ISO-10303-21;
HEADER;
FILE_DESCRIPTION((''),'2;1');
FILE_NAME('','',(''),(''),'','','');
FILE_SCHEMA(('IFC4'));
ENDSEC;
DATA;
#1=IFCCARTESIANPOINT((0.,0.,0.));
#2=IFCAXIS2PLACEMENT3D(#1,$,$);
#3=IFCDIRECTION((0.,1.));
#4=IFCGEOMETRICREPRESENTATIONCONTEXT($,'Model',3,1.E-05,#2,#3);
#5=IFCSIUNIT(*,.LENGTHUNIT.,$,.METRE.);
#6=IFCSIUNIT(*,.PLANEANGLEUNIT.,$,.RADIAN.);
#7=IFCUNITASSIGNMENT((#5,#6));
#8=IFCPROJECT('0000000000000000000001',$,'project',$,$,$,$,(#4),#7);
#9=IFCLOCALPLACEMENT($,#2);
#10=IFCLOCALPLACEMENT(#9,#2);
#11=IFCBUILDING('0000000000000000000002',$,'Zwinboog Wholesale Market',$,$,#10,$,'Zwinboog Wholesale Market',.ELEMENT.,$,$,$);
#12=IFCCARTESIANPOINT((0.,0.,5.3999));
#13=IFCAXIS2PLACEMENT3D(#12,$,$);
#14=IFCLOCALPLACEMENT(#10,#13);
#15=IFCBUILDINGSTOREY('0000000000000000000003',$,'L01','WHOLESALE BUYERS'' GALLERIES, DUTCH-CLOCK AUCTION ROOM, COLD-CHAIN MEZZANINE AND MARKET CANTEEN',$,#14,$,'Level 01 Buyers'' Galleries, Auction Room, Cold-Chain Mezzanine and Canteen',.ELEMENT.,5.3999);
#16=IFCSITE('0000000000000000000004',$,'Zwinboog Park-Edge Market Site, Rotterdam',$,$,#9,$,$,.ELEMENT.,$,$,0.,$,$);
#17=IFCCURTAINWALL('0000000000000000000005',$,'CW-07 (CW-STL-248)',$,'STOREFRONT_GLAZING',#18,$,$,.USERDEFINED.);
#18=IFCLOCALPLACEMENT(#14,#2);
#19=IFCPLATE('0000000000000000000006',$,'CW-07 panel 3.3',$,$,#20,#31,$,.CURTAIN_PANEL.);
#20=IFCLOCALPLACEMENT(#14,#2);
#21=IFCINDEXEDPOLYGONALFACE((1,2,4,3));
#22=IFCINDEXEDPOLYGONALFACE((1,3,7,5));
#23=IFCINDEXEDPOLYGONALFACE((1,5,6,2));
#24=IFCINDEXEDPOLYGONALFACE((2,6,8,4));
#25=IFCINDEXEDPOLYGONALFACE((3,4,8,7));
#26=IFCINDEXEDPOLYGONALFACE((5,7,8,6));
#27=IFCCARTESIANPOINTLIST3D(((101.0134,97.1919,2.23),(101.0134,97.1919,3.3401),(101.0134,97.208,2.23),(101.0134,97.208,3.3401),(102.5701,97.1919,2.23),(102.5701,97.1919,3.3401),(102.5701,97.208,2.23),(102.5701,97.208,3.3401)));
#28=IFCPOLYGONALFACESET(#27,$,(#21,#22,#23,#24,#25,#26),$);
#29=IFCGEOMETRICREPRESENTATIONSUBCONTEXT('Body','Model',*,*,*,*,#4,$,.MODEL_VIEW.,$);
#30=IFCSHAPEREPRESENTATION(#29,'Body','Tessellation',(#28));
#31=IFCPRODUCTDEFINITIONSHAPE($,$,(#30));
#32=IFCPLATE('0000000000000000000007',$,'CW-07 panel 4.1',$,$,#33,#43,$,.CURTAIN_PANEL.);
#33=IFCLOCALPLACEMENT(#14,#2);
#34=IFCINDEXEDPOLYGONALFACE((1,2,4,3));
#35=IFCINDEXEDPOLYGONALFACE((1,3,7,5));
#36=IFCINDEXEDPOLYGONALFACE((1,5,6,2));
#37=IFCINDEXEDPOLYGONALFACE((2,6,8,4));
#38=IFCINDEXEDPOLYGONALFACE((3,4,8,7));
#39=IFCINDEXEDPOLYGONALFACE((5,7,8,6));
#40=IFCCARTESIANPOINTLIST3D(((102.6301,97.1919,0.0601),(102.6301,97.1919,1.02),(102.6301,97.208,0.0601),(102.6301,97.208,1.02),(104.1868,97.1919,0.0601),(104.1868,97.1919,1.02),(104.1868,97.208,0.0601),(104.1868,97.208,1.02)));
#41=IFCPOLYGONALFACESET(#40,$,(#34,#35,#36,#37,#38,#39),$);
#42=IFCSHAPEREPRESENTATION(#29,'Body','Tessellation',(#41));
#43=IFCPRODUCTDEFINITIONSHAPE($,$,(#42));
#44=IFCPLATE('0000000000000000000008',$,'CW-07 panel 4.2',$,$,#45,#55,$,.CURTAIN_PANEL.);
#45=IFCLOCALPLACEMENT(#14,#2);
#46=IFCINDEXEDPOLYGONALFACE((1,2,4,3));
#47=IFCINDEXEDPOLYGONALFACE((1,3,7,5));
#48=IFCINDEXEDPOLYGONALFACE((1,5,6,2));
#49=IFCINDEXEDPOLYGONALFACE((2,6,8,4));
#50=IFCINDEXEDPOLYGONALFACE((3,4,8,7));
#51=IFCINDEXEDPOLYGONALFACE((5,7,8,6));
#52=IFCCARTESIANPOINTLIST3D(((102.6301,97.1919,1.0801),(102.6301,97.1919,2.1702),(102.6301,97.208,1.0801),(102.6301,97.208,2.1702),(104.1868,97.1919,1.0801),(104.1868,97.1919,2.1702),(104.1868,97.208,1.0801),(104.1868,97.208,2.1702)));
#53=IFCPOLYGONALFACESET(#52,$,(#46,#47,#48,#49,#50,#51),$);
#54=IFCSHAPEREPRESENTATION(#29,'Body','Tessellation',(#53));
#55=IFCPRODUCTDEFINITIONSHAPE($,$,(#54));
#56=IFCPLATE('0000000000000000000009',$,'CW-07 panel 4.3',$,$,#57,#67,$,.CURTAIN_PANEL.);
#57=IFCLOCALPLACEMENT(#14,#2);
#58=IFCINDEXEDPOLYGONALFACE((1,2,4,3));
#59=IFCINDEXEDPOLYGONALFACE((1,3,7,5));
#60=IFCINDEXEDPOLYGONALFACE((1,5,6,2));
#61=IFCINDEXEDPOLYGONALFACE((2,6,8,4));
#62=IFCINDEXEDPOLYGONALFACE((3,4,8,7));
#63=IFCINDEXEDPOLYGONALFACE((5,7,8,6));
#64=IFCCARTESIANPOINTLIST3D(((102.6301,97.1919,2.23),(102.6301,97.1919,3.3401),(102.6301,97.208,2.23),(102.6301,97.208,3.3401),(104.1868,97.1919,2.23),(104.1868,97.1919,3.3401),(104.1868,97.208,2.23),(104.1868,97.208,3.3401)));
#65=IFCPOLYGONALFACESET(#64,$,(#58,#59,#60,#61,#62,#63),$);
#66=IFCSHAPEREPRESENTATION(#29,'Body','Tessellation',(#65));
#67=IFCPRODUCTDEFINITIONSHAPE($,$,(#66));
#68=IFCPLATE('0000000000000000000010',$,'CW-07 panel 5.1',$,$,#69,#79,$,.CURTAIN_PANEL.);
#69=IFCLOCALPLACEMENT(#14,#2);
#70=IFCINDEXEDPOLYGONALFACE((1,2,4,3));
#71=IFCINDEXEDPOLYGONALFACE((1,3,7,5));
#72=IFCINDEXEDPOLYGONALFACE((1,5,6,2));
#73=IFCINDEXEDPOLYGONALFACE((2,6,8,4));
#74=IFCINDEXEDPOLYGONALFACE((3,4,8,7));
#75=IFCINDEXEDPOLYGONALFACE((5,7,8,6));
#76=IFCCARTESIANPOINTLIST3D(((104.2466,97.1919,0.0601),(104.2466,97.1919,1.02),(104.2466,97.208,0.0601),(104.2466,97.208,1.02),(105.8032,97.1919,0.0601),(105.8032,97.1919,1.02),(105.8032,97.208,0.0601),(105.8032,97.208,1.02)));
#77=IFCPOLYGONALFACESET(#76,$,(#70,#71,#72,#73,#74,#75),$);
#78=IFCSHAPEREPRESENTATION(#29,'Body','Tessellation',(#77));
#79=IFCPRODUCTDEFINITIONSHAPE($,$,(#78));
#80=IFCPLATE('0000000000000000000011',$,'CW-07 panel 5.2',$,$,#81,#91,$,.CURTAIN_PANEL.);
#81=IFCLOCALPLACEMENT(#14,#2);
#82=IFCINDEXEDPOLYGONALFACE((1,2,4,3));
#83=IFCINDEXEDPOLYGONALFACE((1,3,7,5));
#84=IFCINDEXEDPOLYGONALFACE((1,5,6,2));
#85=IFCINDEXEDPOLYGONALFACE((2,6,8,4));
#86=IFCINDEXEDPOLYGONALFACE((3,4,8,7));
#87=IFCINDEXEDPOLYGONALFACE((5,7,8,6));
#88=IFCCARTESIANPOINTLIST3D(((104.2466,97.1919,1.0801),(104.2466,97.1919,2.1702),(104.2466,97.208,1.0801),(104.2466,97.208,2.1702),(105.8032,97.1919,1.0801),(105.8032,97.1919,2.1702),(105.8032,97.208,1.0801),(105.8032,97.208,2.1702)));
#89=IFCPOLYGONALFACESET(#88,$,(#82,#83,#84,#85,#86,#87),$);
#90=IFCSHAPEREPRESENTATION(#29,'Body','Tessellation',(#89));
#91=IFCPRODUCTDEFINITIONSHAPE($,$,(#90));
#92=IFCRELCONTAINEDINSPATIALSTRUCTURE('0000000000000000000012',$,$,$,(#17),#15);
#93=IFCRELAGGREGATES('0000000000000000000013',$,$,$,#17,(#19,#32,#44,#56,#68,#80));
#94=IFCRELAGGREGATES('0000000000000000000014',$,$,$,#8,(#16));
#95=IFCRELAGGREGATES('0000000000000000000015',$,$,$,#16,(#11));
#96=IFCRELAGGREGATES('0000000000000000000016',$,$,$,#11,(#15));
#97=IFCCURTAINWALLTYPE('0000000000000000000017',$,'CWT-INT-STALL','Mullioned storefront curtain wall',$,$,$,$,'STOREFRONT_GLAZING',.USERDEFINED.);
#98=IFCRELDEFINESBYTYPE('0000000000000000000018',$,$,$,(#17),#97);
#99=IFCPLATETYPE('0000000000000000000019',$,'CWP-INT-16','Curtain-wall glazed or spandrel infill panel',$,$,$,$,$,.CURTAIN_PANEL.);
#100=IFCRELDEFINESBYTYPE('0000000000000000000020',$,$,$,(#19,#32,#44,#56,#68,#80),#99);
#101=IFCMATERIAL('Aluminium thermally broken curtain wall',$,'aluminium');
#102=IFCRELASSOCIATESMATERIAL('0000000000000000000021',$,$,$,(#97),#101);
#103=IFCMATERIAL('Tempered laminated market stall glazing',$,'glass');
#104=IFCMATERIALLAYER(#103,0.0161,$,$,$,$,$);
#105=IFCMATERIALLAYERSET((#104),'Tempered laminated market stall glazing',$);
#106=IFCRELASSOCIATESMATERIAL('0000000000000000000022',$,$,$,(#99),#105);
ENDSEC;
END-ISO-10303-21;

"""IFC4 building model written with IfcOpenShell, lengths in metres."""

from ifc_helpers import new_model, si_unit, direction, frame, origin, origin_2d, place, context, subcontext, project, spatial, rectangle, extrude, material, layer, layer_set, type_object, element, aggregate, save


model = new_model("IFC4")

# Units and contexts
model_context = context("Model", 3, precision=1e-05, world=origin(), true_north=direction((0.0, 1.0)))
body_context = subcontext(model_context, "Body", "Model", "MODEL_VIEW")
ifc_project = project(units=[si_unit("LENGTHUNIT", "METRE"), si_unit("PLANEANGLEUNIT", "RADIAN")], contexts=[model_context])

# Site, building, storey
site_placement = place(None, origin())
site = spatial("IfcSite", under=ifc_project, at=site_placement, Name="Zwinboog Park-Edge Market Site, Rotterdam", CompositionType="ELEMENT", RefElevation=0.0)
building_placement = place(site_placement, origin())
building = spatial("IfcBuilding", under=site, at=building_placement, Name="Zwinboog Wholesale Market", LongName="Zwinboog Wholesale Market", CompositionType="ELEMENT")
storey_placement = place(building_placement, frame((0.0, 0.0, 5.3999)))
storey = spatial("IfcBuildingStorey", under=building, at=storey_placement, Name="L01", Description="WHOLESALE BUYERS' GALLERIES, DUTCH-CLOCK AUCTION ROOM, COLD-CHAIN MEZZANINE AND MARKET CANTEEN", LongName="Level 01 Buyers' Galleries, Auction Room, Cold-Chain Mezzanine and Canteen", CompositionType="ELEMENT", Elevation=5.3999)

# Curtain wall, plates
ifc_material_1 = material(Name="Aluminium thermally broken curtain wall", Category="aluminium")
curtain_wall_type = type_object("IfcCurtainWallType", Name="CWT-INT-STALL", Description="Mullioned storefront curtain wall", ElementType="STOREFRONT_GLAZING", PredefinedType="USERDEFINED", material=ifc_material_1)
curtain_wall_placement = place(storey_placement, origin())
curtain_wall = element("IfcCurtainWall", 1, at=curtain_wall_placement, inside=storey, type_object=curtain_wall_type, Name="CW-07 (CW-STL-248)", ObjectType="STOREFRONT_GLAZING", PredefinedType="USERDEFINED")
ifc_material_2 = material(Name="Tempered laminated market stall glazing", Category="glass")
ifc_layer = layer(ifc_material_2, 0.0161)
ifc_layer_set = layer_set([ifc_layer], Name="Tempered laminated market stall glazing")
plate_type = type_object("IfcPlateType", Name="CWP-INT-16", Description="Curtain-wall glazed or spandrel infill panel", PredefinedType="CURTAIN_PANEL", material=ifc_layer_set)
plate_1_placement = place(storey_placement, frame((101.7917, 97.2, 2.23), z_axis=(0.0, 0.0, 1.0), x_axis=(1.0, 0.0, 0.0)))
plate_1 = element("IfcPlate", 2, at=plate_1_placement, type_object=plate_type, Name="CW-07 panel 3.3", PredefinedType="CURTAIN_PANEL", context=body_context, shape_type="SweptSolid", body=[
    extrude(rectangle(XDim=1.5566, YDim=0.0161, at=origin_2d()), origin(), (0.0, 0.0, 1.0), 1.1101),
])
plate_2_placement = place(storey_placement, frame((103.4084, 97.2, 0.0601), z_axis=(0.0, 0.0, 1.0), x_axis=(1.0, 0.0, 0.0)))
plate_2 = element("IfcPlate", 3, at=plate_2_placement, type_object=plate_type, Name="CW-07 panel 4.1", PredefinedType="CURTAIN_PANEL", context=body_context, shape_type="SweptSolid", body=[
    extrude(rectangle(XDim=1.5566, YDim=0.0161, at=origin_2d()), origin(), (0.0, 0.0, 1.0), 0.96),
])
plate_3_placement = place(storey_placement, frame((103.4084, 97.2, 1.0801), z_axis=(0.0, 0.0, 1.0), x_axis=(1.0, 0.0, 0.0)))
plate_3 = element("IfcPlate", 4, at=plate_3_placement, type_object=plate_type, Name="CW-07 panel 4.2", PredefinedType="CURTAIN_PANEL", context=body_context, shape_type="SweptSolid", body=[
    extrude(rectangle(XDim=1.5566, YDim=0.0161, at=origin_2d()), origin(), (0.0, 0.0, 1.0), 1.0901),
])
plate_4_placement = place(storey_placement, frame((103.4084, 97.2, 2.23), z_axis=(0.0, 0.0, 1.0), x_axis=(1.0, 0.0, 0.0)))
plate_4 = element("IfcPlate", 5, at=plate_4_placement, type_object=plate_type, Name="CW-07 panel 4.3", PredefinedType="CURTAIN_PANEL", context=body_context, shape_type="SweptSolid", body=[
    extrude(rectangle(XDim=1.5566, YDim=0.0161, at=origin_2d()), origin(), (0.0, 0.0, 1.0), 1.1101),
])
plate_5_placement = place(storey_placement, frame((105.0249, 97.2, 0.0601), z_axis=(0.0, 0.0, 1.0), x_axis=(1.0, 0.0, 0.0)))
plate_5 = element("IfcPlate", 6, at=plate_5_placement, type_object=plate_type, Name="CW-07 panel 5.1", PredefinedType="CURTAIN_PANEL", context=body_context, shape_type="SweptSolid", body=[
    extrude(rectangle(XDim=1.5566, YDim=0.0161, at=origin_2d()), origin(), (0.0, 0.0, 1.0), 0.96),
])
plate_6_placement = place(storey_placement, frame((105.0249, 97.2, 1.0801), z_axis=(0.0, 0.0, 1.0), x_axis=(1.0, 0.0, 0.0)))
plate_6 = element("IfcPlate", 7, at=plate_6_placement, type_object=plate_type, Name="CW-07 panel 5.2", PredefinedType="CURTAIN_PANEL", context=body_context, shape_type="SweptSolid", body=[
    extrude(rectangle(XDim=1.5566, YDim=0.0161, at=origin_2d()), origin(), (0.0, 0.0, 1.0), 1.0901),
])
aggregate(curtain_wall, [plate_1, plate_2, plate_3, plate_4, plate_5, plate_6])

save(model, "model.ifc")
